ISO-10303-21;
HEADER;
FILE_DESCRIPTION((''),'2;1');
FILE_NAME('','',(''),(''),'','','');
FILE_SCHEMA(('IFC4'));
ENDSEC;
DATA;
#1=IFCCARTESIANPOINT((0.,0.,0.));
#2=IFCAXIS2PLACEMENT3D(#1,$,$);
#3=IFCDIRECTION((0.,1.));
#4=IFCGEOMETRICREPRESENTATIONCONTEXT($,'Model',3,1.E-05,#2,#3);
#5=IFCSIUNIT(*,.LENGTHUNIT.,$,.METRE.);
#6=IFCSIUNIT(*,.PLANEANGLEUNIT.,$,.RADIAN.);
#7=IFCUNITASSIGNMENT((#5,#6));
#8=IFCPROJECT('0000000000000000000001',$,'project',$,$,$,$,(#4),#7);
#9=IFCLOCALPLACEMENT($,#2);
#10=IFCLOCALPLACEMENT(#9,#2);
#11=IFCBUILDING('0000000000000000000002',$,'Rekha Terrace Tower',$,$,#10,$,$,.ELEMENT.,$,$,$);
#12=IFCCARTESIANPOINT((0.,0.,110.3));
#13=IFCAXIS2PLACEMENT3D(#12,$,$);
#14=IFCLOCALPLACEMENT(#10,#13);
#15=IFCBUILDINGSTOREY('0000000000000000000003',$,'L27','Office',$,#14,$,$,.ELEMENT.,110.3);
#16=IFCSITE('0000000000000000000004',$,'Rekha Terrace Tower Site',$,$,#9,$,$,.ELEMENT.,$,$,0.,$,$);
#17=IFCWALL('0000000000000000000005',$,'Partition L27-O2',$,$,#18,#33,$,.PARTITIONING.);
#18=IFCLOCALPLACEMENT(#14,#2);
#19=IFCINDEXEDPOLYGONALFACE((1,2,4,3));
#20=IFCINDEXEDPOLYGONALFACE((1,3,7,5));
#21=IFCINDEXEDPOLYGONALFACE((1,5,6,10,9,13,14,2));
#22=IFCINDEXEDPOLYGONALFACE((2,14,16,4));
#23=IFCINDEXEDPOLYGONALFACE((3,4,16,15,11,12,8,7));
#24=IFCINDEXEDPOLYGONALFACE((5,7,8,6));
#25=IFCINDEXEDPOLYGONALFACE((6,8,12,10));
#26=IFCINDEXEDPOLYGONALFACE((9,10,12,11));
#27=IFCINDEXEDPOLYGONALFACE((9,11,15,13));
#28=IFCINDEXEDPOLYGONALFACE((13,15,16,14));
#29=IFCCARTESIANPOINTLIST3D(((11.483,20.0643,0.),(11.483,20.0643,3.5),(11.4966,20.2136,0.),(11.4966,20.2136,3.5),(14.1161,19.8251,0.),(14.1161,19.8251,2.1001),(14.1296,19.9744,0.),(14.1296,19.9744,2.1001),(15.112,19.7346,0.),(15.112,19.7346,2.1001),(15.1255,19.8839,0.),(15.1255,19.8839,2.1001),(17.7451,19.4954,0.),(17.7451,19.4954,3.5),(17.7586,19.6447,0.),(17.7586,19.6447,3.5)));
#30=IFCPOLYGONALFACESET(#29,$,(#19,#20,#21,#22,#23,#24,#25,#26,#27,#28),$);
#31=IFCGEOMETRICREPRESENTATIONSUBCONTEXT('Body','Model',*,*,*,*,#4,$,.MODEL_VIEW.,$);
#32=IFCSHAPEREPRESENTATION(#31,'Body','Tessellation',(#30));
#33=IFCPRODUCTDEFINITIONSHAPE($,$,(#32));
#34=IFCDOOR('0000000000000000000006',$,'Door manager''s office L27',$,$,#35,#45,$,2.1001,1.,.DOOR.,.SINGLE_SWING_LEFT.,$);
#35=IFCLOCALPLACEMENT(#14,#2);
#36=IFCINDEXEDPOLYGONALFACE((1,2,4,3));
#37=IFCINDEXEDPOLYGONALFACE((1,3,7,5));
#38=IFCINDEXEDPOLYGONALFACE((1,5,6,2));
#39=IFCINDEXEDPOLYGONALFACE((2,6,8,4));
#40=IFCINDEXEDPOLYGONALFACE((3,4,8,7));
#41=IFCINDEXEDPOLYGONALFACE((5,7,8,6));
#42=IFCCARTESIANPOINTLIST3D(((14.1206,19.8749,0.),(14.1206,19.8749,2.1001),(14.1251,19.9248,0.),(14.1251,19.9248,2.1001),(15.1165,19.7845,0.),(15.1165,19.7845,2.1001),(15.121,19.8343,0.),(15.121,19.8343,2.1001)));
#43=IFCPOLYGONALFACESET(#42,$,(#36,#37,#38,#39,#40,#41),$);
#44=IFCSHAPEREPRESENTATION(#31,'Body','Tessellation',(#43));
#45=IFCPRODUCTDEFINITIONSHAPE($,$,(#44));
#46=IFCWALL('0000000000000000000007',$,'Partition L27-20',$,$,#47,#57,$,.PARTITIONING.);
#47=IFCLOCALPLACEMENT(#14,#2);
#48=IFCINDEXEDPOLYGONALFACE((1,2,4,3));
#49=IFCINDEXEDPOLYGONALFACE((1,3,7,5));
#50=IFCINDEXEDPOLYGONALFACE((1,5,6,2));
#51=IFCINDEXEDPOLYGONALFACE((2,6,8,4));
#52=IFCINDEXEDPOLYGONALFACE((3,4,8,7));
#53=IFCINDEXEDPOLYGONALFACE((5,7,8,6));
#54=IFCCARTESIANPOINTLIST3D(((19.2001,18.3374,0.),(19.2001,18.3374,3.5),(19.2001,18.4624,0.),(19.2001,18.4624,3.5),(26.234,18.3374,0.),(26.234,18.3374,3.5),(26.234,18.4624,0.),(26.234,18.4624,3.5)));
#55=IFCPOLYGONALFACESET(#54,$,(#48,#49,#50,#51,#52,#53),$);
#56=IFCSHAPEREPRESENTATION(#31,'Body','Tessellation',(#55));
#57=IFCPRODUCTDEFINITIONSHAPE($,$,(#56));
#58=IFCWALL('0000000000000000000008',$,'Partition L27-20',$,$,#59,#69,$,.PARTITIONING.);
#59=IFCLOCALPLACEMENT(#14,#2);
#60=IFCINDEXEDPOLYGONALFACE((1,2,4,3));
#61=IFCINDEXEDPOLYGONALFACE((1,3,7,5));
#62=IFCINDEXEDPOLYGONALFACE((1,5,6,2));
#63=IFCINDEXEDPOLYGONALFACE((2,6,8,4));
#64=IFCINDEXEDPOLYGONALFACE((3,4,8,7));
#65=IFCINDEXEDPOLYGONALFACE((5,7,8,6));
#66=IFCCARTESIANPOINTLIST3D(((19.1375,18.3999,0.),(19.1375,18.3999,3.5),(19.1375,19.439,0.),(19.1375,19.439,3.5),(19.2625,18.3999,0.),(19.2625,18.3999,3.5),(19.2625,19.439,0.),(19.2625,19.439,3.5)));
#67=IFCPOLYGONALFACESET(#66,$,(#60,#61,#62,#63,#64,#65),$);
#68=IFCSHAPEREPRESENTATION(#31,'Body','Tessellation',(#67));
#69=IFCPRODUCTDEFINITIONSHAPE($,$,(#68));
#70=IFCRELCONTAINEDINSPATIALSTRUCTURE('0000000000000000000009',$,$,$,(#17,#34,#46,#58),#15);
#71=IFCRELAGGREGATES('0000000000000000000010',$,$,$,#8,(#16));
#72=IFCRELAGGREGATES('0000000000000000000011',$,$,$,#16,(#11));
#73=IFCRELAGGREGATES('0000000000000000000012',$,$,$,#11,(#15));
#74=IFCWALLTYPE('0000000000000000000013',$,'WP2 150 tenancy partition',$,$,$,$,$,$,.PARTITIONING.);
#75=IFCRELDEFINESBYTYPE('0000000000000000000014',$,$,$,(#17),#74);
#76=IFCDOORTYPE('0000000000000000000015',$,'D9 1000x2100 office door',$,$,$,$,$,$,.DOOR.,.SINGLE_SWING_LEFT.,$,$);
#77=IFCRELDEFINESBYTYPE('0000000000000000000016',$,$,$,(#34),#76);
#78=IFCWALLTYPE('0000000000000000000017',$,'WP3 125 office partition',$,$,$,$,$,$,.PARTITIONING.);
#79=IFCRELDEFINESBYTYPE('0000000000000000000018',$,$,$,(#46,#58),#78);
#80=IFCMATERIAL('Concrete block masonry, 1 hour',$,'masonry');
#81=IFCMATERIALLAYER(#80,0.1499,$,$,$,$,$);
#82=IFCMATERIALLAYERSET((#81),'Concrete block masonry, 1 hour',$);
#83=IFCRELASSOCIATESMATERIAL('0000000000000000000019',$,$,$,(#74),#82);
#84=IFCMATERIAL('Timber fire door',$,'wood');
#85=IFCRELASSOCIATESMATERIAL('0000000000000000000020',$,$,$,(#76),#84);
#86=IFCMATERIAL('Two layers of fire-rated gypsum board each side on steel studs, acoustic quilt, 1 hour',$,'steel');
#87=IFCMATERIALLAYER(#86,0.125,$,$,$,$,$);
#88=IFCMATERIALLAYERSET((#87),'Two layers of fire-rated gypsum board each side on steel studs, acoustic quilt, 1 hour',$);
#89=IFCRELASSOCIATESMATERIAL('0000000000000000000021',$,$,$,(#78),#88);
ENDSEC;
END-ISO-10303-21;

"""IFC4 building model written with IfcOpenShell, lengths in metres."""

from ifc_helpers import new_model, si_unit, direction, frame, frame_2d, origin, place, context, subcontext, project, spatial, rectangle, extrude, material, layer, layer_set, type_object, element, fill, save


model = new_model("IFC4")

# Units and contexts
model_context = context("Model", 3, precision=1e-05, world=origin(), true_north=direction((0.0, 1.0)))
body_context = subcontext(model_context, "Body", "Model", "MODEL_VIEW")
ifc_project = project(units=[si_unit("LENGTHUNIT", "METRE"), si_unit("PLANEANGLEUNIT", "RADIAN")], contexts=[model_context])

# Site, building, storey
site_placement = place(None, origin())
site = spatial("IfcSite", under=ifc_project, at=site_placement, Name="Rekha Terrace Tower Site", CompositionType="ELEMENT", RefElevation=0.0)
building_placement = place(site_placement, origin())
building = spatial("IfcBuilding", under=site, at=building_placement, Name="Rekha Terrace Tower", CompositionType="ELEMENT")
storey_placement = place(building_placement, frame((0.0, 0.0, 110.3)))
storey = spatial("IfcBuildingStorey", under=building, at=storey_placement, Name="L27", Description="Office", CompositionType="ELEMENT", Elevation=110.3)

# Shared definitions
ifc_material_1 = material(Name="Concrete block masonry, 1 hour", Category="masonry")
ifc_layer_1 = layer(ifc_material_1, 0.1499)
ifc_layer_set_1 = layer_set([ifc_layer_1], Name="Concrete block masonry, 1 hour")
wall_type_1 = type_object("IfcWallType", Name="WP2 150 tenancy partition", PredefinedType="PARTITIONING", material=ifc_layer_set_1)

# Wall, opening, door
wall_1_placement = place(storey_placement, frame((17.752, 19.5701, 0.0), z_axis=(0.0, 0.0, 1.0), x_axis=(-0.995899, 0.090469, 0.0)))
wall_1 = element("IfcWall", 1, at=wall_1_placement, inside=storey, type_object=wall_type_1, Name="Partition L27-O2", PredefinedType="PARTITIONING", context=body_context, shape_type="SweptSolid", body=[
    extrude(rectangle(XDim=6.2878, YDim=0.1499, at=frame_2d((3.144, 0.0))), origin(), (0.0, 0.0, 1.0), 3.5),
])
opening_1_placement = place(wall_1_placement, frame((2.644, 0.0, 0.0)))
opening_1 = element("IfcOpeningElement", 2, at=opening_1_placement, cuts=wall_1, PredefinedType="OPENING", context=body_context, shape_type="SweptSolid", body=[
    extrude(rectangle(XDim=1.0, YDim=2.1001, at=frame_2d((0.5, 1.05))), frame((0.0, 0.085, 0.0), z_axis=(0.0, -1.0, 0.0), x_axis=(1.0, 0.0, 0.0)), (0.0, 0.0, 1.0), 0.1699),
])
ifc_material_2 = material(Name="Timber fire door", Category="wood")
door_type_1 = type_object("IfcDoorType", Name="D9 1000x2100 office door", OperationType="SINGLE_SWING_LEFT", PredefinedType="DOOR", material=ifc_material_2)
door_1_placement = place(opening_1_placement, origin())
door_1 = element("IfcDoor", 3, at=door_1_placement, inside=storey, type_object=door_type_1, Name="Door manager's office L27", OperationType="SINGLE_SWING_LEFT", OverallHeight=2.1001, OverallWidth=1.0, PredefinedType="DOOR", context=body_context, shape_type="SweptSolid", body=[
    extrude(rectangle(XDim=1.0, YDim=2.1001, at=frame_2d((0.5, 1.05))), frame((0.0, 0.0249, 0.0), z_axis=(0.0, -1.0, 0.0), x_axis=(1.0, 0.0, 0.0)), (0.0, 0.0, 1.0), 0.05),
])
fill(opening_1, door_1)

# Walls
ifc_material_3 = material(Name="Two layers of fire-rated gypsum board each side on steel studs, acoustic quilt, 1 hour", Category="steel")
ifc_layer_2 = layer(ifc_material_3, 0.125)
ifc_layer_set_2 = layer_set([ifc_layer_2], Name="Two layers of fire-rated gypsum board each side on steel studs, acoustic quilt, 1 hour")
wall_type_2 = type_object("IfcWallType", Name="WP3 125 office partition", PredefinedType="PARTITIONING", material=ifc_layer_set_2)
wall_2_placement = place(storey_placement, frame((19.2, 18.3999, 0.0), z_axis=(0.0, 0.0, 1.0), x_axis=(1.0, 0.0, 0.0)))
element("IfcWall", 4, at=wall_2_placement, inside=storey, type_object=wall_type_2, Name="Partition L27-20", PredefinedType="PARTITIONING", context=body_context, shape_type="SweptSolid", body=[
    extrude(rectangle(XDim=7.0339, YDim=0.125, at=frame_2d((3.5171, 0.0))), origin(), (0.0, 0.0, 1.0), 3.5),
])
wall_3_placement = place(storey_placement, frame((19.2, 19.439, 0.0), z_axis=(0.0, 0.0, 1.0), x_axis=(0.0, -1.0, 0.0)))
element("IfcWall", 5, at=wall_3_placement, inside=storey, type_object=wall_type_2, Name="Partition L27-20", PredefinedType="PARTITIONING", context=body_context, shape_type="SweptSolid", body=[
    extrude(rectangle(XDim=1.0391, YDim=0.125, at=frame_2d((0.5195, 0.0))), origin(), (0.0, 0.0, 1.0), 3.5),
])

save(model, "model.ifc")
